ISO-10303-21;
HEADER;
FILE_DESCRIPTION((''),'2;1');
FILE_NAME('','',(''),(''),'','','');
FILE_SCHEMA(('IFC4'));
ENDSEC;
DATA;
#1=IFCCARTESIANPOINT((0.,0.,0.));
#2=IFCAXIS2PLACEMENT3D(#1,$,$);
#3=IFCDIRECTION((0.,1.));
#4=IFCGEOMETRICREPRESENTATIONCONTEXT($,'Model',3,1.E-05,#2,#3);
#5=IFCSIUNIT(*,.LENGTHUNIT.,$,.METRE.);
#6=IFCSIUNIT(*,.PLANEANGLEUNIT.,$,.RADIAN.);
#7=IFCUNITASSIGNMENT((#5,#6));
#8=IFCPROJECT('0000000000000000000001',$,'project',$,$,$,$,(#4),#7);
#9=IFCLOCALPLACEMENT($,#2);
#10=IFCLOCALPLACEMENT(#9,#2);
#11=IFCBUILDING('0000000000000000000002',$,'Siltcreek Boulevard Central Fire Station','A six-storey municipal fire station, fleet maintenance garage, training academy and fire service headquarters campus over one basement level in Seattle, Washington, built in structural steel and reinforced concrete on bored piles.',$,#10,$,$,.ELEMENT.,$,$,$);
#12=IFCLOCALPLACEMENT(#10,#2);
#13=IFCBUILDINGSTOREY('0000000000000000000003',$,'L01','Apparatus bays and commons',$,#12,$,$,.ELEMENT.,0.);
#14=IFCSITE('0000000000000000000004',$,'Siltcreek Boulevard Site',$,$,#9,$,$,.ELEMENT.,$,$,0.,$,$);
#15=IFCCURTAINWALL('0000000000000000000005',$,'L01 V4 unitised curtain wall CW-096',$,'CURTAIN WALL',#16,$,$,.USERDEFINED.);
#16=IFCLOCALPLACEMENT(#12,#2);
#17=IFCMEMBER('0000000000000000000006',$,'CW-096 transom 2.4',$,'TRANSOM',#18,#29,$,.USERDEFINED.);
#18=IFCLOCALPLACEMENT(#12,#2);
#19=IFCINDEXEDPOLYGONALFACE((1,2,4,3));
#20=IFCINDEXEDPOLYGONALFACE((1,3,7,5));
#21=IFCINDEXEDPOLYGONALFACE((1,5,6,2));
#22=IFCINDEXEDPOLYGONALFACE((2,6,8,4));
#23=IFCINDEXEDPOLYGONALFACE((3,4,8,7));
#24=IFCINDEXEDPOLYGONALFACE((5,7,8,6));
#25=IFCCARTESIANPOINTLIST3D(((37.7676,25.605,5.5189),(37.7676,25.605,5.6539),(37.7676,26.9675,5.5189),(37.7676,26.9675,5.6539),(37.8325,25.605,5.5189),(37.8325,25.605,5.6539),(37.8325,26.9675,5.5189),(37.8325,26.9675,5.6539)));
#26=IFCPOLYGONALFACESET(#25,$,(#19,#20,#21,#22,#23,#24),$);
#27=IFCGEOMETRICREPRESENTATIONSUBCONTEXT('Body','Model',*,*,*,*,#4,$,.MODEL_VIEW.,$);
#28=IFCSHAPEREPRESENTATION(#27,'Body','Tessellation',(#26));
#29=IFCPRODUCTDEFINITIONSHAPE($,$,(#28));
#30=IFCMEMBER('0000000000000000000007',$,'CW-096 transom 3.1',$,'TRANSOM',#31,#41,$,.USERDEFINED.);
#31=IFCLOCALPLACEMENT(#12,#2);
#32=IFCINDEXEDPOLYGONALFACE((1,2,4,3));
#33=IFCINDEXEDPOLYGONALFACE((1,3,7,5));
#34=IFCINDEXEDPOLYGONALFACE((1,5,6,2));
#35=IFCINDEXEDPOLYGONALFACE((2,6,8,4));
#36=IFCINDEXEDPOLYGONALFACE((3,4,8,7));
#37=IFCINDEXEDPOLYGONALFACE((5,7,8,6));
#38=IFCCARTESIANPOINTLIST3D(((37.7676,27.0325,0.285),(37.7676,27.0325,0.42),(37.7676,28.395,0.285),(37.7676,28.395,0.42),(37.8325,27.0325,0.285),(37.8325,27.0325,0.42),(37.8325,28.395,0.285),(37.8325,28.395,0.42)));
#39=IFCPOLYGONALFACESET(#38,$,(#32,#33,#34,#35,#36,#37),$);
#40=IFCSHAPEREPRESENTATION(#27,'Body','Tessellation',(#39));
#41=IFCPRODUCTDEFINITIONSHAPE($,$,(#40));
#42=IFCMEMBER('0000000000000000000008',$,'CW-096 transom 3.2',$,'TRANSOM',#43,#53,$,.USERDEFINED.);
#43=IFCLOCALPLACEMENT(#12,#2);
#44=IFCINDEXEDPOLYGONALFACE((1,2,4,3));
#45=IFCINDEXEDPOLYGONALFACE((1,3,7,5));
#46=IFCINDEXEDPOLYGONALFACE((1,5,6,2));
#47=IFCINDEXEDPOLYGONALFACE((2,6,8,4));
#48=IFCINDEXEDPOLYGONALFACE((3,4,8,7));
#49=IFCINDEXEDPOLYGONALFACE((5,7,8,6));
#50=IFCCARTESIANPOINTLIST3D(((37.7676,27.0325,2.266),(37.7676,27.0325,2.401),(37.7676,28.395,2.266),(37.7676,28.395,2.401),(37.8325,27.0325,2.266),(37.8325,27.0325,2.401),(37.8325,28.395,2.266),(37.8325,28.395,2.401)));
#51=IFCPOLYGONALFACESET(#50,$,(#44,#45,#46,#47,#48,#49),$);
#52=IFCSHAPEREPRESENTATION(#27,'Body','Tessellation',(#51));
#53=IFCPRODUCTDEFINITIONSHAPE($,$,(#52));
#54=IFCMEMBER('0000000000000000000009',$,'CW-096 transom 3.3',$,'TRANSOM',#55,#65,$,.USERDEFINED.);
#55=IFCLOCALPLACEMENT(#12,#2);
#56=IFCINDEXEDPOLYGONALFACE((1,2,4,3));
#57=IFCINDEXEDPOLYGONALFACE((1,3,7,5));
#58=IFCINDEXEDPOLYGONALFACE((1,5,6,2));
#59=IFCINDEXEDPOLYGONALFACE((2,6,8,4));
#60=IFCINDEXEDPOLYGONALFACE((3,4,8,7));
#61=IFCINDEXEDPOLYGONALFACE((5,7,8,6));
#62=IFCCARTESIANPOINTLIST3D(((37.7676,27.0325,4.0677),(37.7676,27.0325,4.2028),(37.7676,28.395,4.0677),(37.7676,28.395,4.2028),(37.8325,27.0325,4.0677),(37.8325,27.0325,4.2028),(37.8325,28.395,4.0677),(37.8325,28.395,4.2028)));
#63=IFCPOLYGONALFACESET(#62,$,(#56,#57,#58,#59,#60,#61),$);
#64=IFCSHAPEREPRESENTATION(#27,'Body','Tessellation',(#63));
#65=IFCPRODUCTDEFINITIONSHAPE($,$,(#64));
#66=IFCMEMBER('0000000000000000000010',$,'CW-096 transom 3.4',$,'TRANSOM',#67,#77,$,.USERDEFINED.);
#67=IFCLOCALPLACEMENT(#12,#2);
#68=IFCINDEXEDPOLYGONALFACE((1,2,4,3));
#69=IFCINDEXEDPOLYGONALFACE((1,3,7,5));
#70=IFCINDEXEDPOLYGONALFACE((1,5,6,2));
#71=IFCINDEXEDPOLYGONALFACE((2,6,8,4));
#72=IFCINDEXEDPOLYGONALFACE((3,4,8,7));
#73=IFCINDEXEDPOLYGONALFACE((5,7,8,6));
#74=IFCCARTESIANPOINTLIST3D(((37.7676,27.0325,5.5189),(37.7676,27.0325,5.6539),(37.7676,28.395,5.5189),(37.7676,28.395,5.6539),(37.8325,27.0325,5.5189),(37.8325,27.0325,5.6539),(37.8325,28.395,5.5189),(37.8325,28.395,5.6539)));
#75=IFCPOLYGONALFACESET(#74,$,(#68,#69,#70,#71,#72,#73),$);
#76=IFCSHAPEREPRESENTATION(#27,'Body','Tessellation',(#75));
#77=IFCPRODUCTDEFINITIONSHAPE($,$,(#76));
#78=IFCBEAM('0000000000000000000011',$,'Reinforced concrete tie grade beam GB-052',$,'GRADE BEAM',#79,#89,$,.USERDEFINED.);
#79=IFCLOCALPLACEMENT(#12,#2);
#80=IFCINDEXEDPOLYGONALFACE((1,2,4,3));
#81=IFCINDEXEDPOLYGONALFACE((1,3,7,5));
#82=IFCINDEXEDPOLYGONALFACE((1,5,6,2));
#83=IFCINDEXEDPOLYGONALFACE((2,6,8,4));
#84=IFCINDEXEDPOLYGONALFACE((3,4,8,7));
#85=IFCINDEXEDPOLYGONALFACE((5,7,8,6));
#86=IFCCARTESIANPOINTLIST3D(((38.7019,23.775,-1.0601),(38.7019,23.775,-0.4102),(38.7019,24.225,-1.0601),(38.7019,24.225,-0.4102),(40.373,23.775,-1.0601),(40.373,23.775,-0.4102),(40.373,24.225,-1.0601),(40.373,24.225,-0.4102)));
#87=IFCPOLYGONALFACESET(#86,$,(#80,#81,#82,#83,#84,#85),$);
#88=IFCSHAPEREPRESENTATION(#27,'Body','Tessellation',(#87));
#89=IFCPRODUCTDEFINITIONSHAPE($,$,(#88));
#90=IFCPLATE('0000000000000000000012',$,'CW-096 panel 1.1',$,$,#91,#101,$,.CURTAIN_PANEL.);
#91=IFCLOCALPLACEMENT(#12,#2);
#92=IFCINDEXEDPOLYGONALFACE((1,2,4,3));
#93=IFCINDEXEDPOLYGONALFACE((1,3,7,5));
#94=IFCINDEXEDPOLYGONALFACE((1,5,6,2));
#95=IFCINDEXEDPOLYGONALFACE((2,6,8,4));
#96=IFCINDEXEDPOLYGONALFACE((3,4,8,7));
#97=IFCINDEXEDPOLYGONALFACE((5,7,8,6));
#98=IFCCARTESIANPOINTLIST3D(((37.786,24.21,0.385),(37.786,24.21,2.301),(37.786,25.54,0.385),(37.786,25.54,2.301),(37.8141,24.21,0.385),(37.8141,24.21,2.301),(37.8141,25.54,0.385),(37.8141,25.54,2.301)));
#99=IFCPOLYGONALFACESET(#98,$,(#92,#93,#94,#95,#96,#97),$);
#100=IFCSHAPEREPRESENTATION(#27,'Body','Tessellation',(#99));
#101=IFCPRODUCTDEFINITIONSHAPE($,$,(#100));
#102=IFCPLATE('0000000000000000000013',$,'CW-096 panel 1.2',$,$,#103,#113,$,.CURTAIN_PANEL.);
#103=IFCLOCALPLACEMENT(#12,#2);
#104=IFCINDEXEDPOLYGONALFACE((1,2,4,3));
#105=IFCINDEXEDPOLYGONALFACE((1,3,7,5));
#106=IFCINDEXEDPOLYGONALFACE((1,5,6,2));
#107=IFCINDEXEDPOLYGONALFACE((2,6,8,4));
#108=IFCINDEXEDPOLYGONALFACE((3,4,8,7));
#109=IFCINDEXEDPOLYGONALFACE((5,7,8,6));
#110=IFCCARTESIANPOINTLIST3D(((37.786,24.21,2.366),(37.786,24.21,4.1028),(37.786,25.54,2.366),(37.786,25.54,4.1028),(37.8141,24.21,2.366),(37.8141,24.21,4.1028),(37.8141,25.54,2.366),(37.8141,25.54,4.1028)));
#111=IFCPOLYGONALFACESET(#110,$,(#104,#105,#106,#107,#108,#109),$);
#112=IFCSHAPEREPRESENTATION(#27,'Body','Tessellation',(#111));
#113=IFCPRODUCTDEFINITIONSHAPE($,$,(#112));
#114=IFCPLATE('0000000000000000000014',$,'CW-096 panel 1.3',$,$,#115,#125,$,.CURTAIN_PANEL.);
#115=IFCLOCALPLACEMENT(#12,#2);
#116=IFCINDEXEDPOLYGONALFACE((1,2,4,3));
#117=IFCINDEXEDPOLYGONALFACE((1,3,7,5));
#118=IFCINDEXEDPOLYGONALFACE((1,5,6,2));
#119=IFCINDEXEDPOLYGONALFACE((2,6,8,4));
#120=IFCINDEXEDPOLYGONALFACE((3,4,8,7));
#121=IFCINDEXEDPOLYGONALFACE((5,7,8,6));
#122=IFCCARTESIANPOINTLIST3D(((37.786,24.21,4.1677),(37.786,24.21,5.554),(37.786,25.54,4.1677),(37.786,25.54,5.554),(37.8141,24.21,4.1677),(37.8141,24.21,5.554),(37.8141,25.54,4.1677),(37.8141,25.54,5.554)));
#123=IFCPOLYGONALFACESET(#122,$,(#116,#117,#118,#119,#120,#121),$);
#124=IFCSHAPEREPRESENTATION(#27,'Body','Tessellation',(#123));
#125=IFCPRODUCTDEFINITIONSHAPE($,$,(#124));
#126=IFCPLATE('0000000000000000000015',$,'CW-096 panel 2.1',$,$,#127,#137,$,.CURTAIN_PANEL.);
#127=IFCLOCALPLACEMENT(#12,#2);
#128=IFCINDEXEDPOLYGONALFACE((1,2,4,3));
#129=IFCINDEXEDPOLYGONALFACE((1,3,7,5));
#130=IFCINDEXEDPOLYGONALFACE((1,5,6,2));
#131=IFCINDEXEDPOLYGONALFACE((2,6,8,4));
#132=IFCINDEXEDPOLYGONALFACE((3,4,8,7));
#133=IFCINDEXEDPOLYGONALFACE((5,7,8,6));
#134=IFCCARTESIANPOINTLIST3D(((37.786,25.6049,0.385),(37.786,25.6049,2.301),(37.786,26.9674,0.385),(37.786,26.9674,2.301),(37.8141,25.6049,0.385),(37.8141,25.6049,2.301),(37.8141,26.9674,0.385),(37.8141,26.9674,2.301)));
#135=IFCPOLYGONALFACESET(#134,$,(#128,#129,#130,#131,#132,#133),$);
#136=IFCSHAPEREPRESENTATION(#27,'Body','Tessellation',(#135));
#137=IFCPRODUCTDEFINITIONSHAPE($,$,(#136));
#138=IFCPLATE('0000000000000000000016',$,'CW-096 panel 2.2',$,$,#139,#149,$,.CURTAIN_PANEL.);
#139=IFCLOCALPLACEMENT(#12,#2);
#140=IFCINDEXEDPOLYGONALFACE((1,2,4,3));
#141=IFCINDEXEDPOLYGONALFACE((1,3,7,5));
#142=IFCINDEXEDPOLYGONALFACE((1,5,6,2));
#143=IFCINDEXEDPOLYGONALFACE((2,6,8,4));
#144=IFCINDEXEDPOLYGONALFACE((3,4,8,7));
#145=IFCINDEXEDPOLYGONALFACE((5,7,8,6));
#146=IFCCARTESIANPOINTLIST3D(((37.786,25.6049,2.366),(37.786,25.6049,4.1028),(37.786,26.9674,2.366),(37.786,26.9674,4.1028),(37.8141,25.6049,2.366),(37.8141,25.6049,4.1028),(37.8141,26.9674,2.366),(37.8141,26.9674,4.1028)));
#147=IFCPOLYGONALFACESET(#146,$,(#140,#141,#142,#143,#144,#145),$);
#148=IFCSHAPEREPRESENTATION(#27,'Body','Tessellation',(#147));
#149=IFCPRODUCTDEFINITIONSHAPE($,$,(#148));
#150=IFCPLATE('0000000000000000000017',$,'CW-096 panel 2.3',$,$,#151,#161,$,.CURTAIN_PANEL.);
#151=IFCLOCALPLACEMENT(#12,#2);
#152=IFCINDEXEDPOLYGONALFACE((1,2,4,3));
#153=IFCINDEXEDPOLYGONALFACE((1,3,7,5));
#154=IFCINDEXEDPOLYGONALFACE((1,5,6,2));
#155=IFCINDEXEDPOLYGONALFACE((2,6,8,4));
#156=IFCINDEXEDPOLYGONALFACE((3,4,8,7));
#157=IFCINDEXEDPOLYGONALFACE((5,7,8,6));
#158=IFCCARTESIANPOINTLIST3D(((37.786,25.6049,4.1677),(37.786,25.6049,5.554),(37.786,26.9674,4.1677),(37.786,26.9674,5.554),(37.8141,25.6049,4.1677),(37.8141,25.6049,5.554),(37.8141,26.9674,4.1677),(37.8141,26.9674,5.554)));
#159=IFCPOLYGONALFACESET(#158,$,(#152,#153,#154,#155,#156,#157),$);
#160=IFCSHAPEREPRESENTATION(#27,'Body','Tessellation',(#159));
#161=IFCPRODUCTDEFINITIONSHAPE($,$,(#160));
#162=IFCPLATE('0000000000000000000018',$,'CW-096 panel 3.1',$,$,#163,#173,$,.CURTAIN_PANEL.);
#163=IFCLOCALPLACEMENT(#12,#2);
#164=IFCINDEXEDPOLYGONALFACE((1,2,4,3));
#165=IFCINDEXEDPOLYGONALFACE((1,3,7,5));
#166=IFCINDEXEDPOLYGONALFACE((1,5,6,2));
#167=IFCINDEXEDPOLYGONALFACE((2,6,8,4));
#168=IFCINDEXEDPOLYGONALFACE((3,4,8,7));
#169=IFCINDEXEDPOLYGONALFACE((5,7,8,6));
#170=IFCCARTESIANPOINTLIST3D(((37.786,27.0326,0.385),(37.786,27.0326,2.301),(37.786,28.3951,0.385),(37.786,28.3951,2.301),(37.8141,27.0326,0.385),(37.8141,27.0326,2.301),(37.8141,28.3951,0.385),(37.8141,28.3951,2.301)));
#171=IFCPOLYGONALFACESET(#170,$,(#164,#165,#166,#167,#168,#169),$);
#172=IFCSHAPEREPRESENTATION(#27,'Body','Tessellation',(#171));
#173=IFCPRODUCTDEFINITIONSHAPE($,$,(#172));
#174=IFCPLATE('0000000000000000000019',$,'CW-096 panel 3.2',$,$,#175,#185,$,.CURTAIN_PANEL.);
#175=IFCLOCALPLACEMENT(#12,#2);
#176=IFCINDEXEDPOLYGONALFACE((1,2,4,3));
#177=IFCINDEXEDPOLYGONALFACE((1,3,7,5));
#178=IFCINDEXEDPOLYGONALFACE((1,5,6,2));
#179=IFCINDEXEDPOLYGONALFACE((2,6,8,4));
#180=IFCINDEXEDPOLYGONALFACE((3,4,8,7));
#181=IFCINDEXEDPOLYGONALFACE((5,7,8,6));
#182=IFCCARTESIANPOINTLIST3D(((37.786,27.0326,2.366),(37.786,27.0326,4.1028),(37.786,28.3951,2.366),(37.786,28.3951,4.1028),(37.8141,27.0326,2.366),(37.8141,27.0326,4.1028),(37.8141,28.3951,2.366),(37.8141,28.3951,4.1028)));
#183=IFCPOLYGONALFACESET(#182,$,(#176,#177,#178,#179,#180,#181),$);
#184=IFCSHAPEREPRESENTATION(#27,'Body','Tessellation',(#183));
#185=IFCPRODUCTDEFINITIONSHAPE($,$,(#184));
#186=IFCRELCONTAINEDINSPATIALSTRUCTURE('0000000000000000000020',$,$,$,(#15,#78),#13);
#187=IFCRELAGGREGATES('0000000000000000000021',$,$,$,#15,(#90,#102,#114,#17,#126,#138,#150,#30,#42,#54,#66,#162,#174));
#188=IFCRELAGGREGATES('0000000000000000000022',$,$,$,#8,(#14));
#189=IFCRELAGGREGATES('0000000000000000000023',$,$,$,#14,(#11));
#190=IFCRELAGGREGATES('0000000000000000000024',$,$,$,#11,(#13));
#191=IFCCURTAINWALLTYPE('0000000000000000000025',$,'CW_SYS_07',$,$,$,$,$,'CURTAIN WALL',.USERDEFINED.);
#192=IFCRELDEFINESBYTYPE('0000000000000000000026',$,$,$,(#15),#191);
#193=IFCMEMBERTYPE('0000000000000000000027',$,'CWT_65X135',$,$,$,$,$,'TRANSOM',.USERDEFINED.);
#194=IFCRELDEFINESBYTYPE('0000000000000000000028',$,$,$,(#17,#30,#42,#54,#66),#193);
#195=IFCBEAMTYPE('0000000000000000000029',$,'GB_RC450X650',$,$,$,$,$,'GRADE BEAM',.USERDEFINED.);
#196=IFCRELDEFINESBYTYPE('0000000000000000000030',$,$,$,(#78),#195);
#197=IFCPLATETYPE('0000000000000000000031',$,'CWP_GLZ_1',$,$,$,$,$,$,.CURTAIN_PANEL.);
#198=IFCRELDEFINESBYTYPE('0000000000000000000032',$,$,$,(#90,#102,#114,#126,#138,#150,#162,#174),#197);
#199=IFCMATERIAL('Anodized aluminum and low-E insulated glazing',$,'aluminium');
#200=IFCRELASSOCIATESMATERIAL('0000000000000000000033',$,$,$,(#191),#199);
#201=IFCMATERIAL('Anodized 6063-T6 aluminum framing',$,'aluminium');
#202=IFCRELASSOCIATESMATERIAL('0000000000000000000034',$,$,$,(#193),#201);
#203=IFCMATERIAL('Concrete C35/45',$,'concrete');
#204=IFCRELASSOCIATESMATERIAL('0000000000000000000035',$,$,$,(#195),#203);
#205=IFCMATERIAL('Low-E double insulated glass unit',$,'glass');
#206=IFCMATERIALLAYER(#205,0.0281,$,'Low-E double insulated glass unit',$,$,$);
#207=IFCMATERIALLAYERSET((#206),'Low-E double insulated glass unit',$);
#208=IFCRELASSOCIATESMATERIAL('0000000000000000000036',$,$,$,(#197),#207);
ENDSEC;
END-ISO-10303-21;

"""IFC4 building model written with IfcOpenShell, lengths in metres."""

from ifc_helpers import new_model, si_unit, direction, frame, origin, origin_2d, place, context, subcontext, project, spatial, rectangle, extrude, material, layer, layer_set, material_profile, profile_set, type_object, element, aggregate, save


model = new_model("IFC4")

# Units and contexts
model_context = context("Model", 3, precision=1e-05, world=origin(), true_north=direction((0.0, 1.0)))
body_context = subcontext(model_context, "Body", "Model", "MODEL_VIEW")
ifc_project = project(units=[si_unit("LENGTHUNIT", "METRE"), si_unit("PLANEANGLEUNIT", "RADIAN")], contexts=[model_context])

# Site, building, storey
site_placement = place(None, origin())
site = spatial("IfcSite", under=ifc_project, at=site_placement, Name="Siltcreek Boulevard Site", CompositionType="ELEMENT", RefElevation=0.0)
building_placement = place(site_placement, origin())
building = spatial("IfcBuilding", under=site, at=building_placement, Name="Siltcreek Boulevard Central Fire Station", Description="A six-storey municipal fire station, fleet maintenance garage, training academy and fire service headquarters campus over one basement level in Seattle, Washington, built in structural steel and reinforced concrete on bored piles.", CompositionType="ELEMENT")
storey_placement = place(building_placement, origin())
storey = spatial("IfcBuildingStorey", under=building, at=storey_placement, Name="L01", Description="Apparatus bays and commons", CompositionType="ELEMENT", Elevation=0.0)

# Shared definitions
ifc_material_1 = material(Name="Concrete C35/45", Category="concrete")

# Curtain wall, members
ifc_material_2 = material(Name="Anodized aluminum and low-E insulated glazing", Category="aluminium")
curtain_wall_type = type_object("IfcCurtainWallType", Name="CW_SYS_07", ElementType="CURTAIN WALL", PredefinedType="USERDEFINED", material=ifc_material_2)
curtain_wall_placement = place(storey_placement, origin())
curtain_wall = element("IfcCurtainWall", 1, at=curtain_wall_placement, inside=storey, type_object=curtain_wall_type, Name="L01 V4 unitised curtain wall CW-096", ObjectType="CURTAIN WALL", PredefinedType="USERDEFINED")
ifc_material_3 = material(Name="Anodized 6063-T6 aluminum framing", Category="aluminium")
ifc_material_profile_1 = material_profile(ifc_material_3, rectangle(XDim=0.0649, YDim=0.135, at=origin_2d()), Name="TRAN65X135")
ifc_profile_set_1 = profile_set([ifc_material_profile_1], Name="Anodized 6063-T6 aluminum framing")
member_type_1 = type_object("IfcMemberType", Name="CWT_65X135", ElementType="TRANSOM", PredefinedType="USERDEFINED", material=ifc_profile_set_1)
member_1_placement = place(storey_placement, frame((37.8, 25.605, 5.5864), z_axis=(0.0, 1.0, 0.0), x_axis=(-1.0, 0.0, 0.0)))
member_1 = element("IfcMember", 2, at=member_1_placement, type_object=member_type_1, Name="CW-096 transom 2.4", ObjectType="TRANSOM", PredefinedType="USERDEFINED", context=body_context, shape_type="SweptSolid", body=[
    extrude(rectangle(XDim=0.0649, YDim=0.135, at=origin_2d()), origin(), (0.0, 0.0, 1.0), 1.3625),
])
member_2_placement = place(storey_placement, frame((37.8, 27.0325, 0.3525), z_axis=(0.0, 1.0, 0.0), x_axis=(-1.0, 0.0, 0.0)))
member_2 = element("IfcMember", 3, at=member_2_placement, type_object=member_type_1, Name="CW-096 transom 3.1", ObjectType="TRANSOM", PredefinedType="USERDEFINED", context=body_context, shape_type="SweptSolid", body=[
    extrude(rectangle(XDim=0.0649, YDim=0.135, at=origin_2d()), origin(), (0.0, 0.0, 1.0), 1.3625),
])
member_3_placement = place(storey_placement, frame((37.8, 27.0325, 2.3335), z_axis=(0.0, 1.0, 0.0), x_axis=(-1.0, 0.0, 0.0)))
member_3 = element("IfcMember", 4, at=member_3_placement, type_object=member_type_1, Name="CW-096 transom 3.2", ObjectType="TRANSOM", PredefinedType="USERDEFINED", context=body_context, shape_type="SweptSolid", body=[
    extrude(rectangle(XDim=0.0649, YDim=0.135, at=origin_2d()), origin(), (0.0, 0.0, 1.0), 1.3625),
])
member_4_placement = place(storey_placement, frame((37.8, 27.0325, 4.1353), z_axis=(0.0, 1.0, 0.0), x_axis=(-1.0, 0.0, 0.0)))
member_4 = element("IfcMember", 5, at=member_4_placement, type_object=member_type_1, Name="CW-096 transom 3.3", ObjectType="TRANSOM", PredefinedType="USERDEFINED", context=body_context, shape_type="SweptSolid", body=[
    extrude(rectangle(XDim=0.0649, YDim=0.135, at=origin_2d()), origin(), (0.0, 0.0, 1.0), 1.3625),
])
member_5_placement = place(storey_placement, frame((37.8, 27.0325, 5.5864), z_axis=(0.0, 1.0, 0.0), x_axis=(-1.0, 0.0, 0.0)))
member_5 = element("IfcMember", 6, at=member_5_placement, type_object=member_type_1, Name="CW-096 transom 3.4", ObjectType="TRANSOM", PredefinedType="USERDEFINED", context=body_context, shape_type="SweptSolid", body=[
    extrude(rectangle(XDim=0.0649, YDim=0.135, at=origin_2d()), origin(), (0.0, 0.0, 1.0), 1.3625),
])

# Beam
ifc_material_profile_2 = material_profile(ifc_material_1, rectangle(XDim=0.45, YDim=0.6499, at=origin_2d()), Name="RC450X650")
ifc_profile_set_2 = profile_set([ifc_material_profile_2], Name="Concrete C35/45")
beam_type = type_object("IfcBeamType", Name="GB_RC450X650", ElementType="GRADE BEAM", PredefinedType="USERDEFINED", material=ifc_profile_set_2)
beam_placement = place(storey_placement, frame((38.7019, 24.0, -0.7351), z_axis=(1.0, 0.0, 0.0), x_axis=(0.0, 1.0, 0.0)))
element("IfcBeam", 7, at=beam_placement, inside=storey, type_object=beam_type, Name="Reinforced concrete tie grade beam GB-052", ObjectType="GRADE BEAM", PredefinedType="USERDEFINED", context=body_context, shape_type="SweptSolid", body=[
    extrude(rectangle(XDim=0.45, YDim=0.6499, at=origin_2d()), origin(), (0.0, 0.0, 1.0), 1.6711),
])

# Plates
ifc_material_4 = material(Name="Low-E double insulated glass unit", Category="glass")
ifc_layer_1 = layer(ifc_material_4, 0.0281, Name="Low-E double insulated glass unit")
ifc_layer_set_1 = layer_set([ifc_layer_1], Name="Low-E double insulated glass unit")
plate_type = type_object("IfcPlateType", Name="CWP_GLZ_1", PredefinedType="CURTAIN_PANEL", material=ifc_layer_set_1)
plate_1_placement = place(storey_placement, frame((37.8, 24.875, 0.385), z_axis=(0.0, 0.0, 1.0), x_axis=(0.0, 1.0, 0.0)))
plate_1 = element("IfcPlate", 8, at=plate_1_placement, type_object=plate_type, Name="CW-096 panel 1.1", PredefinedType="CURTAIN_PANEL", context=body_context, shape_type="SweptSolid", body=[
    extrude(rectangle(XDim=1.3301, YDim=0.0281, at=origin_2d()), origin(), (0.0, 0.0, 1.0), 1.916),
])
plate_2_placement = place(storey_placement, frame((37.8, 24.875, 2.366), z_axis=(0.0, 0.0, 1.0), x_axis=(0.0, 1.0, 0.0)))
plate_2 = element("IfcPlate", 9, at=plate_2_placement, type_object=plate_type, Name="CW-096 panel 1.2", PredefinedType="CURTAIN_PANEL", context=body_context, shape_type="SweptSolid", body=[
    extrude(rectangle(XDim=1.3301, YDim=0.0281, at=origin_2d()), origin(), (0.0, 0.0, 1.0), 1.7368),
])
plate_3_placement = place(storey_placement, frame((37.8, 24.875, 4.1677), z_axis=(0.0, 0.0, 1.0), x_axis=(0.0, 1.0, 0.0)))
plate_3 = element("IfcPlate", 10, at=plate_3_placement, type_object=plate_type, Name="CW-096 panel 1.3", PredefinedType="CURTAIN_PANEL", context=body_context, shape_type="SweptSolid", body=[
    extrude(rectangle(XDim=1.3301, YDim=0.0281, at=origin_2d()), origin(), (0.0, 0.0, 1.0), 1.3862),
])
plate_4_placement = place(storey_placement, frame((37.8, 26.2861, 0.385), z_axis=(0.0, 0.0, 1.0), x_axis=(0.0, 1.0, 0.0)))
plate_4 = element("IfcPlate", 11, at=plate_4_placement, type_object=plate_type, Name="CW-096 panel 2.1", PredefinedType="CURTAIN_PANEL", context=body_context, shape_type="SweptSolid", body=[
    extrude(rectangle(XDim=1.3625, YDim=0.0281, at=origin_2d()), origin(), (0.0, 0.0, 1.0), 1.916),
])
plate_5_placement = place(storey_placement, frame((37.8, 26.2861, 2.366), z_axis=(0.0, 0.0, 1.0), x_axis=(0.0, 1.0, 0.0)))
plate_5 = element("IfcPlate", 12, at=plate_5_placement, type_object=plate_type, Name="CW-096 panel 2.2", PredefinedType="CURTAIN_PANEL", context=body_context, shape_type="SweptSolid", body=[
    extrude(rectangle(XDim=1.3625, YDim=0.0281, at=origin_2d()), origin(), (0.0, 0.0, 1.0), 1.7368),
])
plate_6_placement = place(storey_placement, frame((37.8, 26.2861, 4.1677), z_axis=(0.0, 0.0, 1.0), x_axis=(0.0, 1.0, 0.0)))
plate_6 = element("IfcPlate", 13, at=plate_6_placement, type_object=plate_type, Name="CW-096 panel 2.3", PredefinedType="CURTAIN_PANEL", context=body_context, shape_type="SweptSolid", body=[
    extrude(rectangle(XDim=1.3625, YDim=0.0281, at=origin_2d()), origin(), (0.0, 0.0, 1.0), 1.3862),
])
plate_7_placement = place(storey_placement, frame((37.8, 27.7139, 0.385), z_axis=(0.0, 0.0, 1.0), x_axis=(0.0, 1.0, 0.0)))
plate_7 = element("IfcPlate", 14, at=plate_7_placement, type_object=plate_type, Name="CW-096 panel 3.1", PredefinedType="CURTAIN_PANEL", context=body_context, shape_type="SweptSolid", body=[
    extrude(rectangle(XDim=1.3625, YDim=0.0281, at=origin_2d()), origin(), (0.0, 0.0, 1.0), 1.916),
])
plate_8_placement = place(storey_placement, frame((37.8, 27.7139, 2.366), z_axis=(0.0, 0.0, 1.0), x_axis=(0.0, 1.0, 0.0)))
plate_8 = element("IfcPlate", 15, at=plate_8_placement, type_object=plate_type, Name="CW-096 panel 3.2", PredefinedType="CURTAIN_PANEL", context=body_context, shape_type="SweptSolid", body=[
    extrude(rectangle(XDim=1.3625, YDim=0.0281, at=origin_2d()), origin(), (0.0, 0.0, 1.0), 1.7368),
])
aggregate(curtain_wall, [plate_1, plate_2, plate_3, member_1, plate_4, plate_5, plate_6, member_2, member_3, member_4, member_5, plate_7, plate_8])

save(model, "model.ifc")
